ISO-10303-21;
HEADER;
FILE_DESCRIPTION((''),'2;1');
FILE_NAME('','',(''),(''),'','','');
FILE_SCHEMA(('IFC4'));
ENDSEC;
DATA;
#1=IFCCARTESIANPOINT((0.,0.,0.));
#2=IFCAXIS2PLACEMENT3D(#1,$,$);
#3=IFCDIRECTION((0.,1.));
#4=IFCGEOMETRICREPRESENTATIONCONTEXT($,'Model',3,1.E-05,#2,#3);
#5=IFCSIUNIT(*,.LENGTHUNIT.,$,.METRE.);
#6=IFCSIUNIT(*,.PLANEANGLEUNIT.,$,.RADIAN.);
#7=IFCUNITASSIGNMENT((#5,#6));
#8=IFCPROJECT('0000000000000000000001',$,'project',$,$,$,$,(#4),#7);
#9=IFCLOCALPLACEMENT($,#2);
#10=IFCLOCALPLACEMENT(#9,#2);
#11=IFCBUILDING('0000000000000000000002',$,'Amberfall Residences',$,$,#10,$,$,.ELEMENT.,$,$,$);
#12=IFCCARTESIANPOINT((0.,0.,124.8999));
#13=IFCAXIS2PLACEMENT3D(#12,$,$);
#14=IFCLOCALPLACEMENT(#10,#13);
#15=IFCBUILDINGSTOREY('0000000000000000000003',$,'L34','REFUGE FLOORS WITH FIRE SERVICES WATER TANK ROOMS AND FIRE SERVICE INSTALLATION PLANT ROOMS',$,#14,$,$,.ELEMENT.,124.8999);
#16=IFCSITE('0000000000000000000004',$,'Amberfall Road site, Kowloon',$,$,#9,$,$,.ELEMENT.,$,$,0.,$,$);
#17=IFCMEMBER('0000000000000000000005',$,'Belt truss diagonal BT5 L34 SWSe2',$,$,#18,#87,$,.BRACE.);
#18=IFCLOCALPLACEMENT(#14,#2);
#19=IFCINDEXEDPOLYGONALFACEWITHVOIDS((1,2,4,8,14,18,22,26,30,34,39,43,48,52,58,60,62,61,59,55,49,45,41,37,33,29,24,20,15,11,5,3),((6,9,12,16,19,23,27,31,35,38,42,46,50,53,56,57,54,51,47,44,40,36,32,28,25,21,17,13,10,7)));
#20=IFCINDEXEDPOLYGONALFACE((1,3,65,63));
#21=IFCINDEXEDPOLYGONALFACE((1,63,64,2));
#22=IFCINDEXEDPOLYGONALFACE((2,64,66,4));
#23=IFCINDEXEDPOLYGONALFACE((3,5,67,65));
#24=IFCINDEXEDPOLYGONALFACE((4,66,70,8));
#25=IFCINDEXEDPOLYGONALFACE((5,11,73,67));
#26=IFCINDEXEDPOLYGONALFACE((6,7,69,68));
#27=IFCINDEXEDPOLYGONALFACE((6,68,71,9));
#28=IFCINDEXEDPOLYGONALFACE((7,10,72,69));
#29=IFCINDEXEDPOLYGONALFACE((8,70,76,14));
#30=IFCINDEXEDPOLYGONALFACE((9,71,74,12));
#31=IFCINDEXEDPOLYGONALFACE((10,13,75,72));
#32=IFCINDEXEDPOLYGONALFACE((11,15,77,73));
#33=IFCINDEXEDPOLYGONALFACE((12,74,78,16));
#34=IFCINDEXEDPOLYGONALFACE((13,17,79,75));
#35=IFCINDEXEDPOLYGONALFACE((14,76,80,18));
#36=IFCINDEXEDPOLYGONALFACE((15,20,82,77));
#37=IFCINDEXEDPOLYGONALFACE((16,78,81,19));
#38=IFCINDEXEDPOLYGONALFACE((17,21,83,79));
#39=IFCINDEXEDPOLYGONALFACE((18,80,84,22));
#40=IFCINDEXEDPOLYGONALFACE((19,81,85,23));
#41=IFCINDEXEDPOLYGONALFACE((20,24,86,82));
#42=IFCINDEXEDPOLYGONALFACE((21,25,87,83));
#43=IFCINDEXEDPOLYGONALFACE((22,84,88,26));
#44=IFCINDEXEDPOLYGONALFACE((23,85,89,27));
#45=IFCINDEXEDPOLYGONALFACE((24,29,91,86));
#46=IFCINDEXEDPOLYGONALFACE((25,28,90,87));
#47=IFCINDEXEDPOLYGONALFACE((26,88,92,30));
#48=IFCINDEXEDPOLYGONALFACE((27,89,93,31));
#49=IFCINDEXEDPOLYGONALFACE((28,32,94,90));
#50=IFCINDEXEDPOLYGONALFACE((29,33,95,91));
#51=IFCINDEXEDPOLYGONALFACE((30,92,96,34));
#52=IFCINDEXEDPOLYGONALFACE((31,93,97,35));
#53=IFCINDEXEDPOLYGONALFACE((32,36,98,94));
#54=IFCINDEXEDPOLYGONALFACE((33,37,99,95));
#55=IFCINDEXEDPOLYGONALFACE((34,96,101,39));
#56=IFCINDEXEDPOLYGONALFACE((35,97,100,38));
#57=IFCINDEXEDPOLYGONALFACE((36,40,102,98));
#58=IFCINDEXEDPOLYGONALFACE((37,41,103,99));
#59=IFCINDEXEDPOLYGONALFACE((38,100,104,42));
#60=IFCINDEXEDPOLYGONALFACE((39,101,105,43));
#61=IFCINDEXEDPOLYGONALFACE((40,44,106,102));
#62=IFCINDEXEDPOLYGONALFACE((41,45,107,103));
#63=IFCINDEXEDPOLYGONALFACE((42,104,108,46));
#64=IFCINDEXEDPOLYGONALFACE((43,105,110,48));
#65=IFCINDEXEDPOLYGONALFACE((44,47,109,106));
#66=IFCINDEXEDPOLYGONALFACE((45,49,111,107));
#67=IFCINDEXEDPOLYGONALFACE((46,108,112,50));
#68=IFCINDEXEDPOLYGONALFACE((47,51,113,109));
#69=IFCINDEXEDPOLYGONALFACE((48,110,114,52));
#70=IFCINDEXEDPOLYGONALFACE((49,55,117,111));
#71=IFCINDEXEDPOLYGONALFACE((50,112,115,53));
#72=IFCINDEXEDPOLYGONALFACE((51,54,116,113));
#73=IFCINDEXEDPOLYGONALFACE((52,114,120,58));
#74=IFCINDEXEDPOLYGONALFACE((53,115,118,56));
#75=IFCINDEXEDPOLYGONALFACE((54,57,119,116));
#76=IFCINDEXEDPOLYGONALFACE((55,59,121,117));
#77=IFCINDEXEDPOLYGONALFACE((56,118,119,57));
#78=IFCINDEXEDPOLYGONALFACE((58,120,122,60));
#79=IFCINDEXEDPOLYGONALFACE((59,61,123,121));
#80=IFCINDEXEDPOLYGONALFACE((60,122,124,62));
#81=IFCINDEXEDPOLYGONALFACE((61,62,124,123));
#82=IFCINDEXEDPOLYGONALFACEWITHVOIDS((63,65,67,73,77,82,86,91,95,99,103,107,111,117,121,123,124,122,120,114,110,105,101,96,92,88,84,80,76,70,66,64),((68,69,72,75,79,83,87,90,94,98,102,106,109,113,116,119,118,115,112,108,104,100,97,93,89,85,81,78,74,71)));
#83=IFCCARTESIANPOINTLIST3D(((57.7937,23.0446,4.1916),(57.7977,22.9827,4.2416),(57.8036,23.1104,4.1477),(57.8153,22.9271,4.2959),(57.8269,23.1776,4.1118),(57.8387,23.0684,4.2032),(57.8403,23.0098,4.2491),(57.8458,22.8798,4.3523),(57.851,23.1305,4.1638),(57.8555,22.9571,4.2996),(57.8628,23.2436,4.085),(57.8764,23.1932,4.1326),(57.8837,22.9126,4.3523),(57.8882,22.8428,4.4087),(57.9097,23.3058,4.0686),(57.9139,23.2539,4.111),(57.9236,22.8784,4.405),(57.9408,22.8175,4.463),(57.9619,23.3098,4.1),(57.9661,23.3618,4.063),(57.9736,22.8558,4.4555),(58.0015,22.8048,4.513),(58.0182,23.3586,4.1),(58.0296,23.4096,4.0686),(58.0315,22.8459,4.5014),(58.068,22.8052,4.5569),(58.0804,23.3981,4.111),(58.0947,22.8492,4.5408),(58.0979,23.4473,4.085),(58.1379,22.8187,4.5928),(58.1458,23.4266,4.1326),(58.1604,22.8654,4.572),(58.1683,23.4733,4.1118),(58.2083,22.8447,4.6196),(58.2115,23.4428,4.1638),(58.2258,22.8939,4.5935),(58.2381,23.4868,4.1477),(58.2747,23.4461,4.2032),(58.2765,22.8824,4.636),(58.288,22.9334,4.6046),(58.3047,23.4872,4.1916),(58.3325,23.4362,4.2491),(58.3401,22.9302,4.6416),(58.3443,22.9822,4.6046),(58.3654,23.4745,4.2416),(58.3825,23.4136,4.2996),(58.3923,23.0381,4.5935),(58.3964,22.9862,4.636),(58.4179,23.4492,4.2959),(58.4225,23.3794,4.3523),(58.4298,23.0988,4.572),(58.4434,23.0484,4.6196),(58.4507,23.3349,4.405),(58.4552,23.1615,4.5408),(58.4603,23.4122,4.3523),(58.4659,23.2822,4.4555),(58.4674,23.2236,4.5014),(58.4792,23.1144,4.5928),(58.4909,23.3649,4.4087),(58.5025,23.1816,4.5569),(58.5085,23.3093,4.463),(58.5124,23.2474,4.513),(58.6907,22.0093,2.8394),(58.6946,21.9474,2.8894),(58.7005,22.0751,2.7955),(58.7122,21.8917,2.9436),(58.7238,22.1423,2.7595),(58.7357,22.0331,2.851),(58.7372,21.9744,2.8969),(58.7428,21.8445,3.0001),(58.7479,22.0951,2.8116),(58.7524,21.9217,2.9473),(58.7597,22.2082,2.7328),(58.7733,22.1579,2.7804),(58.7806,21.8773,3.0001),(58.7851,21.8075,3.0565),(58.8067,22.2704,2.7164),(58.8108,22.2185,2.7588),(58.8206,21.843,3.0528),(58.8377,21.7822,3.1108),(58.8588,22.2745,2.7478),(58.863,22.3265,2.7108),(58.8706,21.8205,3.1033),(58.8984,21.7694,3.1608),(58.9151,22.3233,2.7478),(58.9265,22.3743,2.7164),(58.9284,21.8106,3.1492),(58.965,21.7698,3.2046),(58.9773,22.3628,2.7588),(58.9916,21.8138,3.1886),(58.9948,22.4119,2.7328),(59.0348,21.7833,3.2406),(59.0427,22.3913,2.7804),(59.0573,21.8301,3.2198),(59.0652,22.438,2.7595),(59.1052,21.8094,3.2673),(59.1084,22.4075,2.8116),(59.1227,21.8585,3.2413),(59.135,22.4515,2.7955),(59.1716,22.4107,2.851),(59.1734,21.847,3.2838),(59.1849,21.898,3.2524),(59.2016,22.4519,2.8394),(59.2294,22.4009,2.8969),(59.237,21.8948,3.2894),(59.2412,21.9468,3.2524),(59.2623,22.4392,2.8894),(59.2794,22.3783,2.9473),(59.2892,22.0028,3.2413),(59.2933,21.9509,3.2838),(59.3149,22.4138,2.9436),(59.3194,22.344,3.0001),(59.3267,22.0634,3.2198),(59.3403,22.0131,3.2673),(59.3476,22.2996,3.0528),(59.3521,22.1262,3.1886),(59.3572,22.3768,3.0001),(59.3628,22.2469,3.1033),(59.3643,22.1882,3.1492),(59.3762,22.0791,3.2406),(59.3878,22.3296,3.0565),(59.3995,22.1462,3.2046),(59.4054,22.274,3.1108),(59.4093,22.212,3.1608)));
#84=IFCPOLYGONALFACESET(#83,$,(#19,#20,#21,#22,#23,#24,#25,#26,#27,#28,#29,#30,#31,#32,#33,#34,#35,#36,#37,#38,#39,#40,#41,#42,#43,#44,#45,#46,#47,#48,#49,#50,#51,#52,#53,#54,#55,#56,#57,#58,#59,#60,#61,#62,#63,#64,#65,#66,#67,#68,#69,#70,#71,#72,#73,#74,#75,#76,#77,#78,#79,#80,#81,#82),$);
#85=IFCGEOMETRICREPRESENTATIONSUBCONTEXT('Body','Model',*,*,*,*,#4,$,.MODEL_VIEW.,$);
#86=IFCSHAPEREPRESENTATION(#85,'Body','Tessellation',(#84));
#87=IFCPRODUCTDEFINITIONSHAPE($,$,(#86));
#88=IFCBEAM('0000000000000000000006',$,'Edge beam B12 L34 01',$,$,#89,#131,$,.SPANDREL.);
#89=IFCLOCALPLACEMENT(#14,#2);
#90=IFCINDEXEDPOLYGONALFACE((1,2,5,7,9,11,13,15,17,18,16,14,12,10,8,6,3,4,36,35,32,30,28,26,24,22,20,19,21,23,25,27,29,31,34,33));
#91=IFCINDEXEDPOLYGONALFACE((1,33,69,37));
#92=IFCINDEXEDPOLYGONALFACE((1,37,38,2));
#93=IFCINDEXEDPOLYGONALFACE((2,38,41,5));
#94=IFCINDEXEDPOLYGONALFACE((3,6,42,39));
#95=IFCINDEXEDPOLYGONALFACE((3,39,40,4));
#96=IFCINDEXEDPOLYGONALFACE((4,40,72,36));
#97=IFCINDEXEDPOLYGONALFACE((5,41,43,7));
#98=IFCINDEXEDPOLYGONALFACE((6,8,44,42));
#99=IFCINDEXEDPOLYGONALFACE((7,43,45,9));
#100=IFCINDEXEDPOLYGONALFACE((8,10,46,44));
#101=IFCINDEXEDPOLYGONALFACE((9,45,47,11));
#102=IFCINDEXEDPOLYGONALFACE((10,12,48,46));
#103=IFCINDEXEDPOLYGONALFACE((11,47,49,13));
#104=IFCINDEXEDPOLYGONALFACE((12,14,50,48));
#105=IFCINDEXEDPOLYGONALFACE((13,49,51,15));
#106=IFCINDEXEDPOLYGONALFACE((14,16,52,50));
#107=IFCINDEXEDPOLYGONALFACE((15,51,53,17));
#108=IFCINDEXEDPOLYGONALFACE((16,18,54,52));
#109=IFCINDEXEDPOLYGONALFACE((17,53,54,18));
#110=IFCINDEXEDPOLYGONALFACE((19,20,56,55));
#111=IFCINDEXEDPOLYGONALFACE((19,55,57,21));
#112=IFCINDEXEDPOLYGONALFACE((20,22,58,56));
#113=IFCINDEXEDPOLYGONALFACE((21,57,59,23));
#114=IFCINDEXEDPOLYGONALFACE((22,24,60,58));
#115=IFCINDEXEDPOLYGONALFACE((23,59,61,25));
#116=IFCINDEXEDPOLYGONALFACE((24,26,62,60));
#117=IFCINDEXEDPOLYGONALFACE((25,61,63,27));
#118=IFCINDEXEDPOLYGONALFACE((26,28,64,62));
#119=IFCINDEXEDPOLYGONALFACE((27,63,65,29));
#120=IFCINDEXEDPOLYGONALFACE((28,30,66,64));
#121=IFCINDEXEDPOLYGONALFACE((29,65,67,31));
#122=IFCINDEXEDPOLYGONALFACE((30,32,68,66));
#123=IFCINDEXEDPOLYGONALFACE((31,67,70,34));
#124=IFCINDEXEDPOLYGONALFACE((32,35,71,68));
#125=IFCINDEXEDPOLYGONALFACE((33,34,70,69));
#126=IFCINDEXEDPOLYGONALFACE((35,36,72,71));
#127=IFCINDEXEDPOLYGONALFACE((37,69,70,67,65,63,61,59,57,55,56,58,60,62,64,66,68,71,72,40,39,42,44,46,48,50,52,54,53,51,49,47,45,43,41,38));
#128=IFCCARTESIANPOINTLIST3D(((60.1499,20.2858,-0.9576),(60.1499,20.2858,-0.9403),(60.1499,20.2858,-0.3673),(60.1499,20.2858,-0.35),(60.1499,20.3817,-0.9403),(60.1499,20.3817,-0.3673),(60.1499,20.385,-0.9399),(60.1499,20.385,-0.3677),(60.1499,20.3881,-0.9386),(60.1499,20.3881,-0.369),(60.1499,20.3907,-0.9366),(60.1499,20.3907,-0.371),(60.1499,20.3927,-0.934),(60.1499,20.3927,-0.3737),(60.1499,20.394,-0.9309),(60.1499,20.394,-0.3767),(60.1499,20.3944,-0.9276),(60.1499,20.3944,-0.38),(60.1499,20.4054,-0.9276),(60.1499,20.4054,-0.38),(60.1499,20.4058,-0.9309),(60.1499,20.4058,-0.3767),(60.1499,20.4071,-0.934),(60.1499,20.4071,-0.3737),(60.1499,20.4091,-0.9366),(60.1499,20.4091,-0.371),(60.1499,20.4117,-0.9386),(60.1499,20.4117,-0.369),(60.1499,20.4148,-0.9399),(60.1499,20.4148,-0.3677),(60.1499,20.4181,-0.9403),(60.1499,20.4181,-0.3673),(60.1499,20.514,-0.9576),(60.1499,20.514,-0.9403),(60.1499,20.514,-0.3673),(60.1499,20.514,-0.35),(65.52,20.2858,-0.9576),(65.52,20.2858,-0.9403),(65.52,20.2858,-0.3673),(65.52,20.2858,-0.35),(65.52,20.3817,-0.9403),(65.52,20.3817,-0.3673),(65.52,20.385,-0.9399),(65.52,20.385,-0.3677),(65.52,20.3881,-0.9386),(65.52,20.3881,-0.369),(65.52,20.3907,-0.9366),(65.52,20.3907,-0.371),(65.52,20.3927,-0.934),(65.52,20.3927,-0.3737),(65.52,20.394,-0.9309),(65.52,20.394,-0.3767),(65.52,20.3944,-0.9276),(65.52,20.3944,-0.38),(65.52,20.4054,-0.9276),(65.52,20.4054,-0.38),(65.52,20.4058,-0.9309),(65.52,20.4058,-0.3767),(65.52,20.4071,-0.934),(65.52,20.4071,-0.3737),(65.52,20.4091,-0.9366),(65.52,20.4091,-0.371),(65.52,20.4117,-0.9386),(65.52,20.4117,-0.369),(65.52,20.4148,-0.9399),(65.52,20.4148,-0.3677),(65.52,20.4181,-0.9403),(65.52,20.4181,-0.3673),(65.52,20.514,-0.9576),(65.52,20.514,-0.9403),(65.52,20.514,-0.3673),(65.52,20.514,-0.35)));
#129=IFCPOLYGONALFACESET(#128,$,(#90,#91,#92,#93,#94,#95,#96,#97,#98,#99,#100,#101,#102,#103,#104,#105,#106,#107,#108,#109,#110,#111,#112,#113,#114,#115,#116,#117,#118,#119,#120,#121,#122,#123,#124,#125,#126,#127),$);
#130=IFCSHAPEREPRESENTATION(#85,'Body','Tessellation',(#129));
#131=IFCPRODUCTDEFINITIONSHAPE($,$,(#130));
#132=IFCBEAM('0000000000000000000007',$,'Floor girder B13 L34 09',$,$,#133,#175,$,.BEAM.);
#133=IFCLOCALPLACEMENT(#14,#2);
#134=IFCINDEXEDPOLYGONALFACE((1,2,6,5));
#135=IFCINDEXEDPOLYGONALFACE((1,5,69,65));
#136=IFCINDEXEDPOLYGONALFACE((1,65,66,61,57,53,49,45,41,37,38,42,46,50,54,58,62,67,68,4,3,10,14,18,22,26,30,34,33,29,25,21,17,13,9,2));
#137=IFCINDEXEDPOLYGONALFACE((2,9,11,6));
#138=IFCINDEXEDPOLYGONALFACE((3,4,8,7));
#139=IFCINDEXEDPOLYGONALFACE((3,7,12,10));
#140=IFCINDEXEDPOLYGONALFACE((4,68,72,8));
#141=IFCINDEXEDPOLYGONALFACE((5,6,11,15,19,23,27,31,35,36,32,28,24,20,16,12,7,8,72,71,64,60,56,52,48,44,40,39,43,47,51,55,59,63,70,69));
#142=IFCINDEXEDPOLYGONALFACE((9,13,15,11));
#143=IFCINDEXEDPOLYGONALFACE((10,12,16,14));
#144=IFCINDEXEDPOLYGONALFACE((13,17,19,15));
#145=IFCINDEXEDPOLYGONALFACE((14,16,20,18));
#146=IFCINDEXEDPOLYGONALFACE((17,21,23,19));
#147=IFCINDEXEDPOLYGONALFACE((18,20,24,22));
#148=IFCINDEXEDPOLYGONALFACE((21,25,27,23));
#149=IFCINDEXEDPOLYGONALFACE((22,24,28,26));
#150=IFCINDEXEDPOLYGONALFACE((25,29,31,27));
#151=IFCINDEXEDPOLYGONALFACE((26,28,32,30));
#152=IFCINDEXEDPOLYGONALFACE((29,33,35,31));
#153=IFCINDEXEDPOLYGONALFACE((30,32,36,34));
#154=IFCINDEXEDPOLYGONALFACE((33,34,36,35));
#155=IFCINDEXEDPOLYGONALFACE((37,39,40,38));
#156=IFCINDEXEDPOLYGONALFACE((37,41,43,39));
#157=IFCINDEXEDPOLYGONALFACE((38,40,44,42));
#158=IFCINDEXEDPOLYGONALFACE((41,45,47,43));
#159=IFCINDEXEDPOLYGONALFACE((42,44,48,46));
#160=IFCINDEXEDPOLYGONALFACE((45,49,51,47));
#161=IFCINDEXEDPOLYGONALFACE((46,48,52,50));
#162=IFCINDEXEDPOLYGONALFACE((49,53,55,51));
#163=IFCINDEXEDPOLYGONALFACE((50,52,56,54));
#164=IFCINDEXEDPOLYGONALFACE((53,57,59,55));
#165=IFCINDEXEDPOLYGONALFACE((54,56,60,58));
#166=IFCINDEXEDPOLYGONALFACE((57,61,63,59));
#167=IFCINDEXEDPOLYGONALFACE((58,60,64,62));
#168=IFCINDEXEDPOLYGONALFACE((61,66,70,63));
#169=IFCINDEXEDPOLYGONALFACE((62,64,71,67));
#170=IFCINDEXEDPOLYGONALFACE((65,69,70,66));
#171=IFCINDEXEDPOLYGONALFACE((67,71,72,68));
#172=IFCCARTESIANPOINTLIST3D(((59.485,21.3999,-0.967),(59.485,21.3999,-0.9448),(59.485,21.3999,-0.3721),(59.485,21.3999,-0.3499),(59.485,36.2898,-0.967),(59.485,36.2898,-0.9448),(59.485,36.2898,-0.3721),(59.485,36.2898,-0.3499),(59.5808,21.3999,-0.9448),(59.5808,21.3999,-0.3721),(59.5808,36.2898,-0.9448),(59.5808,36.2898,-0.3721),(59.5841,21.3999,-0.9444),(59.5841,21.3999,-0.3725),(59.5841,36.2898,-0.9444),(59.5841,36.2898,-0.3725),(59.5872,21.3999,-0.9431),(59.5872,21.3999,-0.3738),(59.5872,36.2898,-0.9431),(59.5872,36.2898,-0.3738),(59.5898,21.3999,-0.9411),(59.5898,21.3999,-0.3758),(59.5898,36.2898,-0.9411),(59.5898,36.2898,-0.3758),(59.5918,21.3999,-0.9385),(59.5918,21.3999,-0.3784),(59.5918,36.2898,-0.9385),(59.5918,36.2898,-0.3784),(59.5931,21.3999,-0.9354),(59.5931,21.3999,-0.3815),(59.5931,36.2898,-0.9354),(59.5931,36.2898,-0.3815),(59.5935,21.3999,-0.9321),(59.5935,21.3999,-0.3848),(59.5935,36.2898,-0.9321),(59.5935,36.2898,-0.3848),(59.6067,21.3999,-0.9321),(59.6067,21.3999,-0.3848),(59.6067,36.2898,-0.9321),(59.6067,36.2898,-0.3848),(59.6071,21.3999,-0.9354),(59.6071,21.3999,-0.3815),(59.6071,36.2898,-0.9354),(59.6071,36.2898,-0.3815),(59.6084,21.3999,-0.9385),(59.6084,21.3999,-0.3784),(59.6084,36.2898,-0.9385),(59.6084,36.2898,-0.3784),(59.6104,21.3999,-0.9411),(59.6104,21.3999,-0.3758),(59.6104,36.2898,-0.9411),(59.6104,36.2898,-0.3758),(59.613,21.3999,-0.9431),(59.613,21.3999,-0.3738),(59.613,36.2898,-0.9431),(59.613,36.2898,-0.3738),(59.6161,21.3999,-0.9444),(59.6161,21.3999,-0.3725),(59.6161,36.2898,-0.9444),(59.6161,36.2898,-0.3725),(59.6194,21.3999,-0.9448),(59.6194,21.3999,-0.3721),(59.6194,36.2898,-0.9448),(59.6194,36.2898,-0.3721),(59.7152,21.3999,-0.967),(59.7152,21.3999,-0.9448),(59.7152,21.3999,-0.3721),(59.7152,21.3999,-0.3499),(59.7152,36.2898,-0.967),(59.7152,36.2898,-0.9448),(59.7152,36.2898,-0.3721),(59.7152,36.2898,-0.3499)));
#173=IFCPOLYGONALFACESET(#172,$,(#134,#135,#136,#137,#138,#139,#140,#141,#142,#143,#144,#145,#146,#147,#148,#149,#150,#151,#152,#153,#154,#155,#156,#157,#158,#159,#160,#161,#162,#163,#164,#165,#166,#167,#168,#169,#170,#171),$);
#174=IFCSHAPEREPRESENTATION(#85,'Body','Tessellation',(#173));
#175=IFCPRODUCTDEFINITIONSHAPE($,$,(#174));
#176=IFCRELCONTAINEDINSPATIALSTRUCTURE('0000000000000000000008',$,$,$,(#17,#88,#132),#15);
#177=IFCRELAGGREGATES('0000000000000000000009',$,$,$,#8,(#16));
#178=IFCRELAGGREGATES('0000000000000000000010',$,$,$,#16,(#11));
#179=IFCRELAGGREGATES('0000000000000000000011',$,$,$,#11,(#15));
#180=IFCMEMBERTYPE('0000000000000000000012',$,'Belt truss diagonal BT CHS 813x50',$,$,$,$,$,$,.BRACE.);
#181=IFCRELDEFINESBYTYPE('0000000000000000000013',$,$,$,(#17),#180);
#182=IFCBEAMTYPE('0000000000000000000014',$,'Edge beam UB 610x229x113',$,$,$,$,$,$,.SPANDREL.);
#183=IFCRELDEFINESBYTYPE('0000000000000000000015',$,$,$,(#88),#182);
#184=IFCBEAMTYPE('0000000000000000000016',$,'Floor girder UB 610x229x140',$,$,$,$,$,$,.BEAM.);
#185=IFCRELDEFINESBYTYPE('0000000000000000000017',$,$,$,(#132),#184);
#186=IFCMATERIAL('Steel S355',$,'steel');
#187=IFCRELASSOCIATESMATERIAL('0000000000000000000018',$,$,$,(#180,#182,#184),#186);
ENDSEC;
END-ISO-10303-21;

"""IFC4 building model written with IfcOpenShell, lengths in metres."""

from ifc_helpers import new_model, si_unit, direction, frame, origin, origin_2d, place, context, subcontext, project, spatial, hollow_circle, i_section, extrude, material, material_profile, profile_set, type_object, element, save


model = new_model("IFC4")

# Units and contexts
model_context = context("Model", 3, precision=1e-05, world=origin(), true_north=direction((0.0, 1.0)))
body_context = subcontext(model_context, "Body", "Model", "MODEL_VIEW")
ifc_project = project(units=[si_unit("LENGTHUNIT", "METRE"), si_unit("PLANEANGLEUNIT", "RADIAN")], contexts=[model_context])

# Site, building, storey
site_placement = place(None, origin())
site = spatial("IfcSite", under=ifc_project, at=site_placement, Name="Amberfall Road site, Kowloon", CompositionType="ELEMENT", RefElevation=0.0)
building_placement = place(site_placement, origin())
building = spatial("IfcBuilding", under=site, at=building_placement, Name="Amberfall Residences", CompositionType="ELEMENT")
storey_placement = place(building_placement, frame((0.0, 0.0, 124.8999)))
storey = spatial("IfcBuildingStorey", under=building, at=storey_placement, Name="L34", Description="REFUGE FLOORS WITH FIRE SERVICES WATER TANK ROOMS AND FIRE SERVICE INSTALLATION PLANT ROOMS", CompositionType="ELEMENT", Elevation=124.8999)

# Shared definitions
ifc_material_1 = material(Name="Steel S355", Category="steel")

# Member
ifc_material_profile_1 = material_profile(ifc_material_1, hollow_circle(Radius=0.4065, WallThickness=0.05, at=origin_2d()), Name="CHS 813x50")
ifc_profile_set_1 = profile_set([ifc_material_profile_1], Name="Steel S355")
member_type_1 = type_object("IfcMemberType", Name="Belt truss diagonal BT CHS 813x50", PredefinedType="BRACE", material=ifc_profile_set_1)
member_1_placement = place(storey_placement, frame((58.1531, 23.146, 4.3523), z_axis=(0.465979, -0.537893, -0.70252), x_axis=(0.755824, 0.654774, 0.0)))
element("IfcMember", 1, at=member_1_placement, inside=storey, type_object=member_type_1, Name="Belt truss diagonal BT5 L34 SWSe2", PredefinedType="BRACE", context=body_context, shape_type="SweptSolid", body=[
    extrude(hollow_circle(Radius=0.4065, WallThickness=0.05, at=origin_2d()), origin(), (0.0, 0.0, 1.0), 1.9248),
])

# Beams
ifc_material_profile_2 = material_profile(ifc_material_1, i_section(OverallWidth=0.2283, OverallDepth=0.6077, WebThickness=0.011, FlangeThickness=0.0173, FilletRadius=0.0127, at=origin_2d()), Name="UB 610x229x113")
ifc_profile_set_2 = profile_set([ifc_material_profile_2], Name="Steel S355")
beam_type_1 = type_object("IfcBeamType", Name="Edge beam UB 610x229x113", PredefinedType="SPANDREL", material=ifc_profile_set_2)
beam_1_placement = place(storey_placement, frame((60.1499, 20.3999, -0.6538), z_axis=(1.0, 0.0, 0.0), x_axis=(0.0, 1.0, 0.0)))
element("IfcBeam", 2, at=beam_1_placement, inside=storey, type_object=beam_type_1, Name="Edge beam B12 L34 01", PredefinedType="SPANDREL", context=body_context, shape_type="SweptSolid", body=[
    extrude(i_section(OverallWidth=0.2283, OverallDepth=0.6077, WebThickness=0.011, FlangeThickness=0.0173, FilletRadius=0.0127, at=origin_2d()), origin(), (0.0, 0.0, 1.0), 5.3701),
])
ifc_material_profile_3 = material_profile(ifc_material_1, i_section(OverallWidth=0.2302, OverallDepth=0.6172, WebThickness=0.0132, FlangeThickness=0.0222, FilletRadius=0.0127, at=origin_2d()), Name="UB 610x229x140")
ifc_profile_set_3 = profile_set([ifc_material_profile_3], Name="Steel S355")
beam_type_2 = type_object("IfcBeamType", Name="Floor girder UB 610x229x140", PredefinedType="BEAM", material=ifc_profile_set_3)
beam_2_placement = place(storey_placement, frame((59.6001, 21.3999, -0.6584), z_axis=(0.0, 1.0, 0.0), x_axis=(-1.0, 0.0, 0.0)))
element("IfcBeam", 3, at=beam_2_placement, inside=storey, type_object=beam_type_2, Name="Floor girder B13 L34 09", PredefinedType="BEAM", context=body_context, shape_type="SweptSolid", body=[
    extrude(i_section(OverallWidth=0.2302, OverallDepth=0.6172, WebThickness=0.0132, FlangeThickness=0.0222, FilletRadius=0.0127, at=origin_2d()), origin(), (0.0, 0.0, 1.0), 14.8899),
])

save(model, "model.ifc")
